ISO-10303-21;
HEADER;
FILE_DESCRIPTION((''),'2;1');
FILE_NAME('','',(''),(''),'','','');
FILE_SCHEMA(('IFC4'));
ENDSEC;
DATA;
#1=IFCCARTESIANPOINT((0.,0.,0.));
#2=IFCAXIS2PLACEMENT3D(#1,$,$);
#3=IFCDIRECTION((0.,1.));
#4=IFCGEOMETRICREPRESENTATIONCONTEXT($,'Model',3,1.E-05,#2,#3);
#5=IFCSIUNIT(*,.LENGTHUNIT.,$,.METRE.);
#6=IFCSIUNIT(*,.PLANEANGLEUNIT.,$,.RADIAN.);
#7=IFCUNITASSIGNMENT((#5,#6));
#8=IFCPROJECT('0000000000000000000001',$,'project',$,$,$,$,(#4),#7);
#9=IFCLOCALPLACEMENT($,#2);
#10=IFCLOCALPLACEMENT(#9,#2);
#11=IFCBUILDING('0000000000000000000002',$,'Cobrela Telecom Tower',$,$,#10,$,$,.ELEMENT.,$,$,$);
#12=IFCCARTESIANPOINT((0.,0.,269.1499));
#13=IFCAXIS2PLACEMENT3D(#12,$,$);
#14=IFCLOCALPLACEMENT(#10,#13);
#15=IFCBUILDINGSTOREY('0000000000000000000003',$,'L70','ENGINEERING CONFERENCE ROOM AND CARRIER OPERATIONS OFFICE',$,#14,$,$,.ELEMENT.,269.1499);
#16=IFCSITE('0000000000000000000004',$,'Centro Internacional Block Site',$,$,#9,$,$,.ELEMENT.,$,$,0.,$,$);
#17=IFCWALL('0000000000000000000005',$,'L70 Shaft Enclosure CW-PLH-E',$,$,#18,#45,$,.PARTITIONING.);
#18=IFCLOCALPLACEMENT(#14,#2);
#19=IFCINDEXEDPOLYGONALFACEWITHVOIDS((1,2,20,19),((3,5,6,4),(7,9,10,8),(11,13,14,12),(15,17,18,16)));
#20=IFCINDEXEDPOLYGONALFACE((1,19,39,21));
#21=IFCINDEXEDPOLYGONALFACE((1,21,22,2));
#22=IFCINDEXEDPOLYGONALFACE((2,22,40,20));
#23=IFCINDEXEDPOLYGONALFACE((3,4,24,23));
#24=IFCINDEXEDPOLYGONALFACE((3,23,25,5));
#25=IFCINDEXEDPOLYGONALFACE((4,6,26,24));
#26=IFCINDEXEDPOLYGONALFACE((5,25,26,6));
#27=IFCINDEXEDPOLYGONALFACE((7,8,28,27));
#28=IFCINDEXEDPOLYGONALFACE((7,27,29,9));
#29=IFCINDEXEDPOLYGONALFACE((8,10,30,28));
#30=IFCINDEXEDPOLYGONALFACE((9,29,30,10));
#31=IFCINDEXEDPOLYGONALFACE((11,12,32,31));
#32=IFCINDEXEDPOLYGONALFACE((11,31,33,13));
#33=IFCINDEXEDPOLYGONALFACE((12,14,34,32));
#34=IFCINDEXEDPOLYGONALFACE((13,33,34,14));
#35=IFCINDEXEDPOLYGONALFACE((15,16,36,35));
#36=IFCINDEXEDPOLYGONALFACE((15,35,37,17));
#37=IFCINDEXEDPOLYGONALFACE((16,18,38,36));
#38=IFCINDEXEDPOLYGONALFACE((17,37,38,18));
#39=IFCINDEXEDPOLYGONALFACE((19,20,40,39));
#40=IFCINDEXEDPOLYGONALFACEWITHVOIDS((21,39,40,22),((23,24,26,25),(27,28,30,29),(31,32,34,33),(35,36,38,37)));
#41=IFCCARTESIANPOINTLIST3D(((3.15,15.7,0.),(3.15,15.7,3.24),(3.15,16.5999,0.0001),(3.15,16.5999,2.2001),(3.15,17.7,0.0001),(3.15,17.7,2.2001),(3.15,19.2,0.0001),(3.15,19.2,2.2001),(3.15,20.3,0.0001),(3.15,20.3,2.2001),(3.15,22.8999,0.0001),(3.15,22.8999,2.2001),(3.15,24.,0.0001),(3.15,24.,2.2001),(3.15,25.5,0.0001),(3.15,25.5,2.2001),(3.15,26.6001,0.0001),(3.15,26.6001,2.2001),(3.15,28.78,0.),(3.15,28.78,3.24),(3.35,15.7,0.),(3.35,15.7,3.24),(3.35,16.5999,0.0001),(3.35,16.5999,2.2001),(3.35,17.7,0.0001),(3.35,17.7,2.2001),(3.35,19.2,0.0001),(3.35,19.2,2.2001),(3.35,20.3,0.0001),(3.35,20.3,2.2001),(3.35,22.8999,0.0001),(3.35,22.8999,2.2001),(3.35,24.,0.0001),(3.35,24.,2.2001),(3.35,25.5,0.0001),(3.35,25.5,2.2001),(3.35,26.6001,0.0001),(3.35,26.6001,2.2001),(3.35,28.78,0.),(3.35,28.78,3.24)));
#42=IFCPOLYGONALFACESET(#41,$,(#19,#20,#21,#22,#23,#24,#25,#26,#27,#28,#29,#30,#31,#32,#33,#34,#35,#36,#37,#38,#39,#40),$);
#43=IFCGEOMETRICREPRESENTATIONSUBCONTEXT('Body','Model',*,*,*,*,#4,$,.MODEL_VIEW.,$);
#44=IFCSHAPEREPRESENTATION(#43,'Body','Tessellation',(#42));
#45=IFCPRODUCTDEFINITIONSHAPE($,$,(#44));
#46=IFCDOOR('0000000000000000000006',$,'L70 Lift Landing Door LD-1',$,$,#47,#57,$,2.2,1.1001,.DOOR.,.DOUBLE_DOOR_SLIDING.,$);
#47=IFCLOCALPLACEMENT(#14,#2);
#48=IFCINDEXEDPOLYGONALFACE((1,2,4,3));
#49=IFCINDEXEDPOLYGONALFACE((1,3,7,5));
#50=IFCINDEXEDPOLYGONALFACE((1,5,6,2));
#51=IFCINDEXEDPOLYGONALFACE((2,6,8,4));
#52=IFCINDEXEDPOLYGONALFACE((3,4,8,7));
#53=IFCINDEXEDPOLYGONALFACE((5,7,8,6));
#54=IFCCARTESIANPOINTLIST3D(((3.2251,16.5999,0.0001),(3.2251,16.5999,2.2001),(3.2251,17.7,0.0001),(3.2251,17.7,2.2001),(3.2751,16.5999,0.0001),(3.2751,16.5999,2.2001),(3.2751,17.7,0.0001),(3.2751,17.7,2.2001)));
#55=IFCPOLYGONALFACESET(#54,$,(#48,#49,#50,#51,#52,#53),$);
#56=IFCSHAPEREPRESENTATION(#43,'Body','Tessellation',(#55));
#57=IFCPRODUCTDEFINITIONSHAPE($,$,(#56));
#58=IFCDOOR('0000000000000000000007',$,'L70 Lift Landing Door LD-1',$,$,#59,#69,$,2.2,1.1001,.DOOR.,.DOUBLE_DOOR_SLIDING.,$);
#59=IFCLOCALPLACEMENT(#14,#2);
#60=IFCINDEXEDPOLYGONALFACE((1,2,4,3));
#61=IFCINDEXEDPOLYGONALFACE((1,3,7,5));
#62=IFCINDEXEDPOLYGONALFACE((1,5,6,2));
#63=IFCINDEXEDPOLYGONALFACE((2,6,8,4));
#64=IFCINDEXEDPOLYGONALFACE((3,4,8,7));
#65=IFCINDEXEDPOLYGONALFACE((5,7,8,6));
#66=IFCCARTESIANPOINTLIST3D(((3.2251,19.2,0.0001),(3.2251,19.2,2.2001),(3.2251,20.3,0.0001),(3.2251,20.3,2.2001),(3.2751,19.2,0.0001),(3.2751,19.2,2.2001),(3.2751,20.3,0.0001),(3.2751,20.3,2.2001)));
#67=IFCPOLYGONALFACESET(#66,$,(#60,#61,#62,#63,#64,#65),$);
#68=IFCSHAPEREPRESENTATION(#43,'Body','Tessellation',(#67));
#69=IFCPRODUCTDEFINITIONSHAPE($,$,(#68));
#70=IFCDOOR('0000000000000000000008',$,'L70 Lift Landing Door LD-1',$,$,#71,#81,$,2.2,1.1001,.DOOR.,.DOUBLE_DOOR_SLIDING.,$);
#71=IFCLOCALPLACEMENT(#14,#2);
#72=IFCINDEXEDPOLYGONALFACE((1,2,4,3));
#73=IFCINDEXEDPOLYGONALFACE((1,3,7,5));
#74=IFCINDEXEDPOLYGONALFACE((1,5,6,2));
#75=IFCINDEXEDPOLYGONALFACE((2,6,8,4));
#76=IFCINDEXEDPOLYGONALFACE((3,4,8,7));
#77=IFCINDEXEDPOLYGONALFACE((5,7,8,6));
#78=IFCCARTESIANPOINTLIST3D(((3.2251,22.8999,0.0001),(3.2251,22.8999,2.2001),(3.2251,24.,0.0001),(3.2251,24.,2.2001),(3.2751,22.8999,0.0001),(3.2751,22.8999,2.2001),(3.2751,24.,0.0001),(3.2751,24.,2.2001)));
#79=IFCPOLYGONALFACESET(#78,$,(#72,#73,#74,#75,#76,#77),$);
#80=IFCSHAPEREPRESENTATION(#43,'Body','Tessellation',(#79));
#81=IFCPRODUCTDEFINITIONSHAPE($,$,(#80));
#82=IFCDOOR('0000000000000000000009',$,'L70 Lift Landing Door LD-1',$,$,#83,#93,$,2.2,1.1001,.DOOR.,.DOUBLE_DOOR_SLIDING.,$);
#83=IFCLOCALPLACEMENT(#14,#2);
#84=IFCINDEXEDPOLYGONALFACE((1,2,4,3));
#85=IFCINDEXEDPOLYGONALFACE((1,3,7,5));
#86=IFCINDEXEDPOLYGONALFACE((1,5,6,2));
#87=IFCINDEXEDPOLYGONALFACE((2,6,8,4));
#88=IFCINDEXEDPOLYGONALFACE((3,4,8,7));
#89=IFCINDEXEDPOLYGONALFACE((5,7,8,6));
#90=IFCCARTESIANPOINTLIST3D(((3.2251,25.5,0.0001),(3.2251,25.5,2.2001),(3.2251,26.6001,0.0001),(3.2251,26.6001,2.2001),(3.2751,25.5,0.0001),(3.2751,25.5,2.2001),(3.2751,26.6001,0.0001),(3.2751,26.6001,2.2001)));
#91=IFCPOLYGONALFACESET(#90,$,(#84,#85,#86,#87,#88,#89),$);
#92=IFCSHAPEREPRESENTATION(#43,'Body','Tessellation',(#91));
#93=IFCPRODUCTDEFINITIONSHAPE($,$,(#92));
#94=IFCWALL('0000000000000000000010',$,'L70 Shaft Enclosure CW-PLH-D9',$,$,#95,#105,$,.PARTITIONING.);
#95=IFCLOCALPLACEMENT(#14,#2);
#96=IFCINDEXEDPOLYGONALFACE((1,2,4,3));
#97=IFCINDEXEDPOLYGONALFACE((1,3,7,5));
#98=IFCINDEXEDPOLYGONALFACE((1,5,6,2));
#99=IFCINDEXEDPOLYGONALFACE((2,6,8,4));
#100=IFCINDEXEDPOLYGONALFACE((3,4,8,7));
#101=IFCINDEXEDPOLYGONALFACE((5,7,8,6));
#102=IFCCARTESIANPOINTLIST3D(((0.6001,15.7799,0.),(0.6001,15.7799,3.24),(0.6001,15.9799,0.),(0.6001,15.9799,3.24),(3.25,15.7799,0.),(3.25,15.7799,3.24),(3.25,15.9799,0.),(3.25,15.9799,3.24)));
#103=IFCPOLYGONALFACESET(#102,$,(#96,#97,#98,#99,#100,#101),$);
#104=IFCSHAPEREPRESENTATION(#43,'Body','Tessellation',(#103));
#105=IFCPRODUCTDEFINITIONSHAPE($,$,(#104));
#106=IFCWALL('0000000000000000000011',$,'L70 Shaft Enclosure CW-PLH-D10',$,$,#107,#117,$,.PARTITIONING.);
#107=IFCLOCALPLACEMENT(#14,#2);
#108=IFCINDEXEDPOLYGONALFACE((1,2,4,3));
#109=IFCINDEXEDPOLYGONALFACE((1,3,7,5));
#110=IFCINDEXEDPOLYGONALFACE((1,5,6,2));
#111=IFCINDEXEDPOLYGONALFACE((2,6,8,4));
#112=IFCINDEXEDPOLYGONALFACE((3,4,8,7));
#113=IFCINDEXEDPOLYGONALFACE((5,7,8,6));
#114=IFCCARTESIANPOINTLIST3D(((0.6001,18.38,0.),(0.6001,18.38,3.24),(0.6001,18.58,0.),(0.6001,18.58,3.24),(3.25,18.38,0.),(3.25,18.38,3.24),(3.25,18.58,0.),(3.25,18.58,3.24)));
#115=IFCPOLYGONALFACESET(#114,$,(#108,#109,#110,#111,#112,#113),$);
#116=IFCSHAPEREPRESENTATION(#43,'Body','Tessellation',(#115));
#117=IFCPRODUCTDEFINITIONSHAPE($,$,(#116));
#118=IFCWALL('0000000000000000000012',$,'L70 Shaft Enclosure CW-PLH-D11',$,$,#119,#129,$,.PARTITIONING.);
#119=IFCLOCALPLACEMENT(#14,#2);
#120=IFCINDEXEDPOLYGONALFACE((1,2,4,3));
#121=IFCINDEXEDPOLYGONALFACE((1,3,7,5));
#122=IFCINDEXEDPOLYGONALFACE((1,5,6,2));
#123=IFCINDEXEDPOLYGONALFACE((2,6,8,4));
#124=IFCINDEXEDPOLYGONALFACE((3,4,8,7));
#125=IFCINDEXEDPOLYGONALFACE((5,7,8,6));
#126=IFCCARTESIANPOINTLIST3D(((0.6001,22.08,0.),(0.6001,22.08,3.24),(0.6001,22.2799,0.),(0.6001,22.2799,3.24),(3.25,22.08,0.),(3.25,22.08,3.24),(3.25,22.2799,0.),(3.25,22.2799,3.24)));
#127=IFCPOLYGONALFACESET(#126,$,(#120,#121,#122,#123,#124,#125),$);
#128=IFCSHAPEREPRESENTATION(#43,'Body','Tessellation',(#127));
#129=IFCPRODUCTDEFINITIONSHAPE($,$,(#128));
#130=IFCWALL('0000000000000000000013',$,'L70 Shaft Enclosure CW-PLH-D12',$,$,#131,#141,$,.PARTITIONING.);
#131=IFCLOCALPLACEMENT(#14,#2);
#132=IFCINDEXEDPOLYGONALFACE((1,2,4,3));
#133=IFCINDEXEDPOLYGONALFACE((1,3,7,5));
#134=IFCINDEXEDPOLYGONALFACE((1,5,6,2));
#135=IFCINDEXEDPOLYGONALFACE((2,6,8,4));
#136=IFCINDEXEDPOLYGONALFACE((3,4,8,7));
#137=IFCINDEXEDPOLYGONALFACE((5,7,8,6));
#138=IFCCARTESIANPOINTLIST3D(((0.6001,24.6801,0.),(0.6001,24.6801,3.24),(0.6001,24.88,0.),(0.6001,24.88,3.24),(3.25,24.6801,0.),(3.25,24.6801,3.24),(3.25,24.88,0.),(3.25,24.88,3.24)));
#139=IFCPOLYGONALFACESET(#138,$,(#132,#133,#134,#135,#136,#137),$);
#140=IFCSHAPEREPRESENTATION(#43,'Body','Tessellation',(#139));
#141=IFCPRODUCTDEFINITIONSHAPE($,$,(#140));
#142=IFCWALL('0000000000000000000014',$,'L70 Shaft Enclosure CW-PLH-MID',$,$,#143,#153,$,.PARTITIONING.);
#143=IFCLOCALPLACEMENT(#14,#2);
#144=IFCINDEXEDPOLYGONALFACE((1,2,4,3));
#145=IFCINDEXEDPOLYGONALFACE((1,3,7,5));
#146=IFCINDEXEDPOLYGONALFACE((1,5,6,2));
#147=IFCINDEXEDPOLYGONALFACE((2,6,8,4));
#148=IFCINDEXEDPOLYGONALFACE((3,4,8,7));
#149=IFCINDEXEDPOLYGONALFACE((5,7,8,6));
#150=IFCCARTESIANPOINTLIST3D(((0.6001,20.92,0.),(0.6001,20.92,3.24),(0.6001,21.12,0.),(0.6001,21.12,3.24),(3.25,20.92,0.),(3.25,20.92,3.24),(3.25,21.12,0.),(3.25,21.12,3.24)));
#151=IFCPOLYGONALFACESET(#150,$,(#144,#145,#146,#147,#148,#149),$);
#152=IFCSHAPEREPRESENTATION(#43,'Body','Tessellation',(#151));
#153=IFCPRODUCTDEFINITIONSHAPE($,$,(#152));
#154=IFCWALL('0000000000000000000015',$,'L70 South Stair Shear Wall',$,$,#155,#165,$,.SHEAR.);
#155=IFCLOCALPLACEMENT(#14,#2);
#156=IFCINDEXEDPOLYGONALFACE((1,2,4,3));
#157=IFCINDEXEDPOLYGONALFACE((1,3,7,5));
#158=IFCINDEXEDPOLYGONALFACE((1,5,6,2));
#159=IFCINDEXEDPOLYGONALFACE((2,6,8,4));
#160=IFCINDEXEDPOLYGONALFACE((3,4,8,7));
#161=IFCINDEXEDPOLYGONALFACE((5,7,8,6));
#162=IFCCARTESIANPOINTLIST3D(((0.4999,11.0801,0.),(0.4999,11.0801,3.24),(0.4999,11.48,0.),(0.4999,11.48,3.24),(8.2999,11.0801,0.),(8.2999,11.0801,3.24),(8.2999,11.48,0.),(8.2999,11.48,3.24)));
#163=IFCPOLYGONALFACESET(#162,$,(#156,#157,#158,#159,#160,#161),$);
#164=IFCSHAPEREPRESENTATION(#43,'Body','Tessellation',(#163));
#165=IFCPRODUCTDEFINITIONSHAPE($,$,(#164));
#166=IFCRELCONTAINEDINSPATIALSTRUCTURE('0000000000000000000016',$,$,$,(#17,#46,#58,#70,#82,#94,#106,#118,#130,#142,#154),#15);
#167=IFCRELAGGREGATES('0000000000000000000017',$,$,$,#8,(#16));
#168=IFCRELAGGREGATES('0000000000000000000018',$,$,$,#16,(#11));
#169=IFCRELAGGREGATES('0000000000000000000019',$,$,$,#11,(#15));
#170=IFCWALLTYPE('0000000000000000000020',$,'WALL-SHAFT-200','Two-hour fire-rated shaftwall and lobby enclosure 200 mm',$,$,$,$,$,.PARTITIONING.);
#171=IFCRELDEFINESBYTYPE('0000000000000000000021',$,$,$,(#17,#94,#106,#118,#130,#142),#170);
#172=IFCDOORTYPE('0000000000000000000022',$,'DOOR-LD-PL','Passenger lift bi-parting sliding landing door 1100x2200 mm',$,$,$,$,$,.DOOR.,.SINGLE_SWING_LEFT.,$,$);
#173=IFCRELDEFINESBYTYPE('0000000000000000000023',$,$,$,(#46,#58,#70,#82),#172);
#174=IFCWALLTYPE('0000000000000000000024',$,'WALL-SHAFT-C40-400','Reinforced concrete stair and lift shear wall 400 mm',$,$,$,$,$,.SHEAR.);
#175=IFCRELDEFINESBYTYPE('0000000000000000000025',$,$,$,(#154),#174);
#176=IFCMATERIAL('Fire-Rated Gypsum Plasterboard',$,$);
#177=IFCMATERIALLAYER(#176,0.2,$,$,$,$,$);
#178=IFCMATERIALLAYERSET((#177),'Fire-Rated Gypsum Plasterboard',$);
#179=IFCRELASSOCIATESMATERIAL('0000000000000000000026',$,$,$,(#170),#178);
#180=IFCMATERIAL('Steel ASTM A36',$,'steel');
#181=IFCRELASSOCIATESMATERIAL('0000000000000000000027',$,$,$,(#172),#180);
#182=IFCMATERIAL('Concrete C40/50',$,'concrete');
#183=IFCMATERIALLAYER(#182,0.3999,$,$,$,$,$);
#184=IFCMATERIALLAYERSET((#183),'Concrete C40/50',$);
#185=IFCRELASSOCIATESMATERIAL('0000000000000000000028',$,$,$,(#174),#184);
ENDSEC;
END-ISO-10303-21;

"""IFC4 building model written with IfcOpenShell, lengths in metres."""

from ifc_helpers import new_model, si_unit, direction, frame, frame_2d, origin, place, context, subcontext, project, spatial, rectangle, extrude, material, layer, layer_set, type_object, element, fill, save


model = new_model("IFC4")

# Units and contexts
model_context = context("Model", 3, precision=1e-05, world=origin(), true_north=direction((0.0, 1.0)))
body_context = subcontext(model_context, "Body", "Model", "MODEL_VIEW")
ifc_project = project(units=[si_unit("LENGTHUNIT", "METRE"), si_unit("PLANEANGLEUNIT", "RADIAN")], contexts=[model_context])

# Site, building, storey
site_placement = place(None, origin())
site = spatial("IfcSite", under=ifc_project, at=site_placement, Name="Centro Internacional Block Site", CompositionType="ELEMENT", RefElevation=0.0)
building_placement = place(site_placement, origin())
building = spatial("IfcBuilding", under=site, at=building_placement, Name="Cobrela Telecom Tower", CompositionType="ELEMENT")
storey_placement = place(building_placement, frame((0.0, 0.0, 269.1499)))
storey = spatial("IfcBuildingStorey", under=building, at=storey_placement, Name="L70", Description="ENGINEERING CONFERENCE ROOM AND CARRIER OPERATIONS OFFICE", CompositionType="ELEMENT", Elevation=269.1499)

# Shared definitions
ifc_material_1 = material(Name="Fire-Rated Gypsum Plasterboard")

# Wall, openings, doors
ifc_layer_1 = layer(ifc_material_1, 0.2)
ifc_layer_set_1 = layer_set([ifc_layer_1], Name="Fire-Rated Gypsum Plasterboard")
wall_type_1 = type_object("IfcWallType", Name="WALL-SHAFT-200", Description="Two-hour fire-rated shaftwall and lobby enclosure 200 mm", PredefinedType="PARTITIONING", material=ifc_layer_set_1)
wall_1_placement = place(storey_placement, frame((3.25, 15.7, 0.0), z_axis=(0.0, 0.0, 1.0), x_axis=(0.0, 1.0, 0.0)))
wall_1 = element("IfcWall", 1, at=wall_1_placement, inside=storey, type_object=wall_type_1, Name="L70 Shaft Enclosure CW-PLH-E", PredefinedType="PARTITIONING", context=body_context, shape_type="SweptSolid", body=[
    extrude(rectangle(XDim=13.0801, YDim=0.2, at=frame_2d((6.54, 0.0))), origin(), (0.0, 0.0, 1.0), 3.24),
])
opening_1_placement = place(wall_1_placement, frame((0.8999, 0.0, 0.0)))
opening_1 = element("IfcOpeningElement", 2, at=opening_1_placement, cuts=wall_1, PredefinedType="OPENING", context=body_context, shape_type="SweptSolid", body=[
    extrude(rectangle(XDim=1.1001, YDim=2.2, at=frame_2d((0.55, 1.1001))), frame((0.0, 0.1118, 0.0), z_axis=(0.0, -1.0, 0.0), x_axis=(1.0, 0.0, 0.0)), (0.0, 0.0, 1.0), 0.2239),
])
opening_2_placement = place(wall_1_placement, frame((3.5, 0.0, 0.0)))
opening_2 = element("IfcOpeningElement", 3, at=opening_2_placement, cuts=wall_1, PredefinedType="OPENING", context=body_context, shape_type="SweptSolid", body=[
    extrude(rectangle(XDim=1.1001, YDim=2.2, at=frame_2d((0.55, 1.1001))), frame((0.0, 0.1118, 0.0), z_axis=(0.0, -1.0, 0.0), x_axis=(1.0, 0.0, 0.0)), (0.0, 0.0, 1.0), 0.2239),
])
opening_3_placement = place(wall_1_placement, frame((7.2, 0.0, 0.0)))
opening_3 = element("IfcOpeningElement", 4, at=opening_3_placement, cuts=wall_1, PredefinedType="OPENING", context=body_context, shape_type="SweptSolid", body=[
    extrude(rectangle(XDim=1.1001, YDim=2.2, at=frame_2d((0.55, 1.1001))), frame((0.0, 0.1118, 0.0), z_axis=(0.0, -1.0, 0.0), x_axis=(1.0, 0.0, 0.0)), (0.0, 0.0, 1.0), 0.2239),
])
opening_4_placement = place(wall_1_placement, frame((9.8, 0.0, 0.0)))
opening_4 = element("IfcOpeningElement", 5, at=opening_4_placement, cuts=wall_1, PredefinedType="OPENING", context=body_context, shape_type="SweptSolid", body=[
    extrude(rectangle(XDim=1.1001, YDim=2.2, at=frame_2d((0.55, 1.1001))), frame((0.0, 0.1118, 0.0), z_axis=(0.0, -1.0, 0.0), x_axis=(1.0, 0.0, 0.0)), (0.0, 0.0, 1.0), 0.2239),
])
ifc_material_2 = material(Name="Steel ASTM A36", Category="steel")
door_type_1 = type_object("IfcDoorType", Name="DOOR-LD-PL", Description="Passenger lift bi-parting sliding landing door 1100x2200 mm", OperationType="SINGLE_SWING_LEFT", PredefinedType="DOOR", material=ifc_material_2)
door_1_placement = place(opening_1_placement, origin())
door_1 = element("IfcDoor", 6, at=door_1_placement, inside=storey, type_object=door_type_1, Name="L70 Lift Landing Door LD-1", OperationType="DOUBLE_DOOR_SLIDING", OverallHeight=2.2, OverallWidth=1.1001, PredefinedType="DOOR", context=body_context, shape_type="SweptSolid", body=[
    extrude(rectangle(XDim=1.1001, YDim=2.2, at=frame_2d((0.55, 1.1001))), frame((0.0, 0.0249, 0.0), z_axis=(0.0, -1.0, 0.0), x_axis=(1.0, 0.0, 0.0)), (0.0, 0.0, 1.0), 0.05),
])
fill(opening_1, door_1)
door_2_placement = place(opening_2_placement, origin())
door_2 = element("IfcDoor", 7, at=door_2_placement, inside=storey, type_object=door_type_1, Name="L70 Lift Landing Door LD-1", OperationType="DOUBLE_DOOR_SLIDING", OverallHeight=2.2, OverallWidth=1.1001, PredefinedType="DOOR", context=body_context, shape_type="SweptSolid", body=[
    extrude(rectangle(XDim=1.1001, YDim=2.2, at=frame_2d((0.55, 1.1001))), frame((0.0, 0.0249, 0.0), z_axis=(0.0, -1.0, 0.0), x_axis=(1.0, 0.0, 0.0)), (0.0, 0.0, 1.0), 0.05),
])
fill(opening_2, door_2)
door_3_placement = place(opening_3_placement, origin())
door_3 = element("IfcDoor", 8, at=door_3_placement, inside=storey, type_object=door_type_1, Name="L70 Lift Landing Door LD-1", OperationType="DOUBLE_DOOR_SLIDING", OverallHeight=2.2, OverallWidth=1.1001, PredefinedType="DOOR", context=body_context, shape_type="SweptSolid", body=[
    extrude(rectangle(XDim=1.1001, YDim=2.2, at=frame_2d((0.55, 1.1001))), frame((0.0, 0.0249, 0.0), z_axis=(0.0, -1.0, 0.0), x_axis=(1.0, 0.0, 0.0)), (0.0, 0.0, 1.0), 0.05),
])
fill(opening_3, door_3)
door_4_placement = place(opening_4_placement, origin())
door_4 = element("IfcDoor", 9, at=door_4_placement, inside=storey, type_object=door_type_1, Name="L70 Lift Landing Door LD-1", OperationType="DOUBLE_DOOR_SLIDING", OverallHeight=2.2, OverallWidth=1.1001, PredefinedType="DOOR", context=body_context, shape_type="SweptSolid", body=[
    extrude(rectangle(XDim=1.1001, YDim=2.2, at=frame_2d((0.55, 1.1001))), frame((0.0, 0.0249, 0.0), z_axis=(0.0, -1.0, 0.0), x_axis=(1.0, 0.0, 0.0)), (0.0, 0.0, 1.0), 0.05),
])
fill(opening_4, door_4)

# Walls
for number, where, z_axis, x_axis, name in (
    (10, (0.6001, 15.8799, 0.0), (0.0, 0.0, 1.0), (1.0, 0.0, 0.0), "L70 Shaft Enclosure CW-PLH-D9"),
    (11, (0.6001, 18.48, 0.0), (0.0, 0.0, 1.0), (1.0, 0.0, 0.0), "L70 Shaft Enclosure CW-PLH-D10"),
    (12, (0.6001, 22.1799, 0.0), (0.0, 0.0, 1.0), (1.0, 0.0, 0.0), "L70 Shaft Enclosure CW-PLH-D11"),
    (13, (0.6001, 24.78, 0.0), (0.0, 0.0, 1.0), (1.0, 0.0, 0.0), "L70 Shaft Enclosure CW-PLH-D12"),
    (14, (0.6001, 21.02, 0.0), (0.0, 0.0, 1.0), (1.0, 0.0, 0.0), "L70 Shaft Enclosure CW-PLH-MID"),
):
    element("IfcWall", number, at=place(storey_placement, frame(where, z_axis=z_axis, x_axis=x_axis)), inside=storey, type_object=wall_type_1, Name=name, PredefinedType="PARTITIONING", context=body_context, shape_type="SweptSolid", body=[
        extrude(rectangle(XDim=2.6499, YDim=0.2, at=frame_2d((1.325, 0.0))), origin(), (0.0, 0.0, 1.0), 3.24),
    ])
ifc_material_3 = material(Name="Concrete C40/50", Category="concrete")
ifc_layer_2 = layer(ifc_material_3, 0.3999)
ifc_layer_set_2 = layer_set([ifc_layer_2], Name="Concrete C40/50")
wall_type_2 = type_object("IfcWallType", Name="WALL-SHAFT-C40-400", Description="Reinforced concrete stair and lift shear wall 400 mm", PredefinedType="SHEAR", material=ifc_layer_set_2)
wall_2_placement = place(storey_placement, frame((0.5, 11.28, 0.0), z_axis=(0.0, 0.0, 1.0), x_axis=(1.0, 0.0, 0.0)))
element("IfcWall", 15, at=wall_2_placement, inside=storey, type_object=wall_type_2, Name="L70 South Stair Shear Wall", PredefinedType="SHEAR", context=body_context, shape_type="SweptSolid", body=[
    extrude(rectangle(XDim=7.8, YDim=0.3999, at=frame_2d((3.8999, 0.0))), origin(), (0.0, 0.0, 1.0), 3.24),
])

save(model, "model.ifc")
